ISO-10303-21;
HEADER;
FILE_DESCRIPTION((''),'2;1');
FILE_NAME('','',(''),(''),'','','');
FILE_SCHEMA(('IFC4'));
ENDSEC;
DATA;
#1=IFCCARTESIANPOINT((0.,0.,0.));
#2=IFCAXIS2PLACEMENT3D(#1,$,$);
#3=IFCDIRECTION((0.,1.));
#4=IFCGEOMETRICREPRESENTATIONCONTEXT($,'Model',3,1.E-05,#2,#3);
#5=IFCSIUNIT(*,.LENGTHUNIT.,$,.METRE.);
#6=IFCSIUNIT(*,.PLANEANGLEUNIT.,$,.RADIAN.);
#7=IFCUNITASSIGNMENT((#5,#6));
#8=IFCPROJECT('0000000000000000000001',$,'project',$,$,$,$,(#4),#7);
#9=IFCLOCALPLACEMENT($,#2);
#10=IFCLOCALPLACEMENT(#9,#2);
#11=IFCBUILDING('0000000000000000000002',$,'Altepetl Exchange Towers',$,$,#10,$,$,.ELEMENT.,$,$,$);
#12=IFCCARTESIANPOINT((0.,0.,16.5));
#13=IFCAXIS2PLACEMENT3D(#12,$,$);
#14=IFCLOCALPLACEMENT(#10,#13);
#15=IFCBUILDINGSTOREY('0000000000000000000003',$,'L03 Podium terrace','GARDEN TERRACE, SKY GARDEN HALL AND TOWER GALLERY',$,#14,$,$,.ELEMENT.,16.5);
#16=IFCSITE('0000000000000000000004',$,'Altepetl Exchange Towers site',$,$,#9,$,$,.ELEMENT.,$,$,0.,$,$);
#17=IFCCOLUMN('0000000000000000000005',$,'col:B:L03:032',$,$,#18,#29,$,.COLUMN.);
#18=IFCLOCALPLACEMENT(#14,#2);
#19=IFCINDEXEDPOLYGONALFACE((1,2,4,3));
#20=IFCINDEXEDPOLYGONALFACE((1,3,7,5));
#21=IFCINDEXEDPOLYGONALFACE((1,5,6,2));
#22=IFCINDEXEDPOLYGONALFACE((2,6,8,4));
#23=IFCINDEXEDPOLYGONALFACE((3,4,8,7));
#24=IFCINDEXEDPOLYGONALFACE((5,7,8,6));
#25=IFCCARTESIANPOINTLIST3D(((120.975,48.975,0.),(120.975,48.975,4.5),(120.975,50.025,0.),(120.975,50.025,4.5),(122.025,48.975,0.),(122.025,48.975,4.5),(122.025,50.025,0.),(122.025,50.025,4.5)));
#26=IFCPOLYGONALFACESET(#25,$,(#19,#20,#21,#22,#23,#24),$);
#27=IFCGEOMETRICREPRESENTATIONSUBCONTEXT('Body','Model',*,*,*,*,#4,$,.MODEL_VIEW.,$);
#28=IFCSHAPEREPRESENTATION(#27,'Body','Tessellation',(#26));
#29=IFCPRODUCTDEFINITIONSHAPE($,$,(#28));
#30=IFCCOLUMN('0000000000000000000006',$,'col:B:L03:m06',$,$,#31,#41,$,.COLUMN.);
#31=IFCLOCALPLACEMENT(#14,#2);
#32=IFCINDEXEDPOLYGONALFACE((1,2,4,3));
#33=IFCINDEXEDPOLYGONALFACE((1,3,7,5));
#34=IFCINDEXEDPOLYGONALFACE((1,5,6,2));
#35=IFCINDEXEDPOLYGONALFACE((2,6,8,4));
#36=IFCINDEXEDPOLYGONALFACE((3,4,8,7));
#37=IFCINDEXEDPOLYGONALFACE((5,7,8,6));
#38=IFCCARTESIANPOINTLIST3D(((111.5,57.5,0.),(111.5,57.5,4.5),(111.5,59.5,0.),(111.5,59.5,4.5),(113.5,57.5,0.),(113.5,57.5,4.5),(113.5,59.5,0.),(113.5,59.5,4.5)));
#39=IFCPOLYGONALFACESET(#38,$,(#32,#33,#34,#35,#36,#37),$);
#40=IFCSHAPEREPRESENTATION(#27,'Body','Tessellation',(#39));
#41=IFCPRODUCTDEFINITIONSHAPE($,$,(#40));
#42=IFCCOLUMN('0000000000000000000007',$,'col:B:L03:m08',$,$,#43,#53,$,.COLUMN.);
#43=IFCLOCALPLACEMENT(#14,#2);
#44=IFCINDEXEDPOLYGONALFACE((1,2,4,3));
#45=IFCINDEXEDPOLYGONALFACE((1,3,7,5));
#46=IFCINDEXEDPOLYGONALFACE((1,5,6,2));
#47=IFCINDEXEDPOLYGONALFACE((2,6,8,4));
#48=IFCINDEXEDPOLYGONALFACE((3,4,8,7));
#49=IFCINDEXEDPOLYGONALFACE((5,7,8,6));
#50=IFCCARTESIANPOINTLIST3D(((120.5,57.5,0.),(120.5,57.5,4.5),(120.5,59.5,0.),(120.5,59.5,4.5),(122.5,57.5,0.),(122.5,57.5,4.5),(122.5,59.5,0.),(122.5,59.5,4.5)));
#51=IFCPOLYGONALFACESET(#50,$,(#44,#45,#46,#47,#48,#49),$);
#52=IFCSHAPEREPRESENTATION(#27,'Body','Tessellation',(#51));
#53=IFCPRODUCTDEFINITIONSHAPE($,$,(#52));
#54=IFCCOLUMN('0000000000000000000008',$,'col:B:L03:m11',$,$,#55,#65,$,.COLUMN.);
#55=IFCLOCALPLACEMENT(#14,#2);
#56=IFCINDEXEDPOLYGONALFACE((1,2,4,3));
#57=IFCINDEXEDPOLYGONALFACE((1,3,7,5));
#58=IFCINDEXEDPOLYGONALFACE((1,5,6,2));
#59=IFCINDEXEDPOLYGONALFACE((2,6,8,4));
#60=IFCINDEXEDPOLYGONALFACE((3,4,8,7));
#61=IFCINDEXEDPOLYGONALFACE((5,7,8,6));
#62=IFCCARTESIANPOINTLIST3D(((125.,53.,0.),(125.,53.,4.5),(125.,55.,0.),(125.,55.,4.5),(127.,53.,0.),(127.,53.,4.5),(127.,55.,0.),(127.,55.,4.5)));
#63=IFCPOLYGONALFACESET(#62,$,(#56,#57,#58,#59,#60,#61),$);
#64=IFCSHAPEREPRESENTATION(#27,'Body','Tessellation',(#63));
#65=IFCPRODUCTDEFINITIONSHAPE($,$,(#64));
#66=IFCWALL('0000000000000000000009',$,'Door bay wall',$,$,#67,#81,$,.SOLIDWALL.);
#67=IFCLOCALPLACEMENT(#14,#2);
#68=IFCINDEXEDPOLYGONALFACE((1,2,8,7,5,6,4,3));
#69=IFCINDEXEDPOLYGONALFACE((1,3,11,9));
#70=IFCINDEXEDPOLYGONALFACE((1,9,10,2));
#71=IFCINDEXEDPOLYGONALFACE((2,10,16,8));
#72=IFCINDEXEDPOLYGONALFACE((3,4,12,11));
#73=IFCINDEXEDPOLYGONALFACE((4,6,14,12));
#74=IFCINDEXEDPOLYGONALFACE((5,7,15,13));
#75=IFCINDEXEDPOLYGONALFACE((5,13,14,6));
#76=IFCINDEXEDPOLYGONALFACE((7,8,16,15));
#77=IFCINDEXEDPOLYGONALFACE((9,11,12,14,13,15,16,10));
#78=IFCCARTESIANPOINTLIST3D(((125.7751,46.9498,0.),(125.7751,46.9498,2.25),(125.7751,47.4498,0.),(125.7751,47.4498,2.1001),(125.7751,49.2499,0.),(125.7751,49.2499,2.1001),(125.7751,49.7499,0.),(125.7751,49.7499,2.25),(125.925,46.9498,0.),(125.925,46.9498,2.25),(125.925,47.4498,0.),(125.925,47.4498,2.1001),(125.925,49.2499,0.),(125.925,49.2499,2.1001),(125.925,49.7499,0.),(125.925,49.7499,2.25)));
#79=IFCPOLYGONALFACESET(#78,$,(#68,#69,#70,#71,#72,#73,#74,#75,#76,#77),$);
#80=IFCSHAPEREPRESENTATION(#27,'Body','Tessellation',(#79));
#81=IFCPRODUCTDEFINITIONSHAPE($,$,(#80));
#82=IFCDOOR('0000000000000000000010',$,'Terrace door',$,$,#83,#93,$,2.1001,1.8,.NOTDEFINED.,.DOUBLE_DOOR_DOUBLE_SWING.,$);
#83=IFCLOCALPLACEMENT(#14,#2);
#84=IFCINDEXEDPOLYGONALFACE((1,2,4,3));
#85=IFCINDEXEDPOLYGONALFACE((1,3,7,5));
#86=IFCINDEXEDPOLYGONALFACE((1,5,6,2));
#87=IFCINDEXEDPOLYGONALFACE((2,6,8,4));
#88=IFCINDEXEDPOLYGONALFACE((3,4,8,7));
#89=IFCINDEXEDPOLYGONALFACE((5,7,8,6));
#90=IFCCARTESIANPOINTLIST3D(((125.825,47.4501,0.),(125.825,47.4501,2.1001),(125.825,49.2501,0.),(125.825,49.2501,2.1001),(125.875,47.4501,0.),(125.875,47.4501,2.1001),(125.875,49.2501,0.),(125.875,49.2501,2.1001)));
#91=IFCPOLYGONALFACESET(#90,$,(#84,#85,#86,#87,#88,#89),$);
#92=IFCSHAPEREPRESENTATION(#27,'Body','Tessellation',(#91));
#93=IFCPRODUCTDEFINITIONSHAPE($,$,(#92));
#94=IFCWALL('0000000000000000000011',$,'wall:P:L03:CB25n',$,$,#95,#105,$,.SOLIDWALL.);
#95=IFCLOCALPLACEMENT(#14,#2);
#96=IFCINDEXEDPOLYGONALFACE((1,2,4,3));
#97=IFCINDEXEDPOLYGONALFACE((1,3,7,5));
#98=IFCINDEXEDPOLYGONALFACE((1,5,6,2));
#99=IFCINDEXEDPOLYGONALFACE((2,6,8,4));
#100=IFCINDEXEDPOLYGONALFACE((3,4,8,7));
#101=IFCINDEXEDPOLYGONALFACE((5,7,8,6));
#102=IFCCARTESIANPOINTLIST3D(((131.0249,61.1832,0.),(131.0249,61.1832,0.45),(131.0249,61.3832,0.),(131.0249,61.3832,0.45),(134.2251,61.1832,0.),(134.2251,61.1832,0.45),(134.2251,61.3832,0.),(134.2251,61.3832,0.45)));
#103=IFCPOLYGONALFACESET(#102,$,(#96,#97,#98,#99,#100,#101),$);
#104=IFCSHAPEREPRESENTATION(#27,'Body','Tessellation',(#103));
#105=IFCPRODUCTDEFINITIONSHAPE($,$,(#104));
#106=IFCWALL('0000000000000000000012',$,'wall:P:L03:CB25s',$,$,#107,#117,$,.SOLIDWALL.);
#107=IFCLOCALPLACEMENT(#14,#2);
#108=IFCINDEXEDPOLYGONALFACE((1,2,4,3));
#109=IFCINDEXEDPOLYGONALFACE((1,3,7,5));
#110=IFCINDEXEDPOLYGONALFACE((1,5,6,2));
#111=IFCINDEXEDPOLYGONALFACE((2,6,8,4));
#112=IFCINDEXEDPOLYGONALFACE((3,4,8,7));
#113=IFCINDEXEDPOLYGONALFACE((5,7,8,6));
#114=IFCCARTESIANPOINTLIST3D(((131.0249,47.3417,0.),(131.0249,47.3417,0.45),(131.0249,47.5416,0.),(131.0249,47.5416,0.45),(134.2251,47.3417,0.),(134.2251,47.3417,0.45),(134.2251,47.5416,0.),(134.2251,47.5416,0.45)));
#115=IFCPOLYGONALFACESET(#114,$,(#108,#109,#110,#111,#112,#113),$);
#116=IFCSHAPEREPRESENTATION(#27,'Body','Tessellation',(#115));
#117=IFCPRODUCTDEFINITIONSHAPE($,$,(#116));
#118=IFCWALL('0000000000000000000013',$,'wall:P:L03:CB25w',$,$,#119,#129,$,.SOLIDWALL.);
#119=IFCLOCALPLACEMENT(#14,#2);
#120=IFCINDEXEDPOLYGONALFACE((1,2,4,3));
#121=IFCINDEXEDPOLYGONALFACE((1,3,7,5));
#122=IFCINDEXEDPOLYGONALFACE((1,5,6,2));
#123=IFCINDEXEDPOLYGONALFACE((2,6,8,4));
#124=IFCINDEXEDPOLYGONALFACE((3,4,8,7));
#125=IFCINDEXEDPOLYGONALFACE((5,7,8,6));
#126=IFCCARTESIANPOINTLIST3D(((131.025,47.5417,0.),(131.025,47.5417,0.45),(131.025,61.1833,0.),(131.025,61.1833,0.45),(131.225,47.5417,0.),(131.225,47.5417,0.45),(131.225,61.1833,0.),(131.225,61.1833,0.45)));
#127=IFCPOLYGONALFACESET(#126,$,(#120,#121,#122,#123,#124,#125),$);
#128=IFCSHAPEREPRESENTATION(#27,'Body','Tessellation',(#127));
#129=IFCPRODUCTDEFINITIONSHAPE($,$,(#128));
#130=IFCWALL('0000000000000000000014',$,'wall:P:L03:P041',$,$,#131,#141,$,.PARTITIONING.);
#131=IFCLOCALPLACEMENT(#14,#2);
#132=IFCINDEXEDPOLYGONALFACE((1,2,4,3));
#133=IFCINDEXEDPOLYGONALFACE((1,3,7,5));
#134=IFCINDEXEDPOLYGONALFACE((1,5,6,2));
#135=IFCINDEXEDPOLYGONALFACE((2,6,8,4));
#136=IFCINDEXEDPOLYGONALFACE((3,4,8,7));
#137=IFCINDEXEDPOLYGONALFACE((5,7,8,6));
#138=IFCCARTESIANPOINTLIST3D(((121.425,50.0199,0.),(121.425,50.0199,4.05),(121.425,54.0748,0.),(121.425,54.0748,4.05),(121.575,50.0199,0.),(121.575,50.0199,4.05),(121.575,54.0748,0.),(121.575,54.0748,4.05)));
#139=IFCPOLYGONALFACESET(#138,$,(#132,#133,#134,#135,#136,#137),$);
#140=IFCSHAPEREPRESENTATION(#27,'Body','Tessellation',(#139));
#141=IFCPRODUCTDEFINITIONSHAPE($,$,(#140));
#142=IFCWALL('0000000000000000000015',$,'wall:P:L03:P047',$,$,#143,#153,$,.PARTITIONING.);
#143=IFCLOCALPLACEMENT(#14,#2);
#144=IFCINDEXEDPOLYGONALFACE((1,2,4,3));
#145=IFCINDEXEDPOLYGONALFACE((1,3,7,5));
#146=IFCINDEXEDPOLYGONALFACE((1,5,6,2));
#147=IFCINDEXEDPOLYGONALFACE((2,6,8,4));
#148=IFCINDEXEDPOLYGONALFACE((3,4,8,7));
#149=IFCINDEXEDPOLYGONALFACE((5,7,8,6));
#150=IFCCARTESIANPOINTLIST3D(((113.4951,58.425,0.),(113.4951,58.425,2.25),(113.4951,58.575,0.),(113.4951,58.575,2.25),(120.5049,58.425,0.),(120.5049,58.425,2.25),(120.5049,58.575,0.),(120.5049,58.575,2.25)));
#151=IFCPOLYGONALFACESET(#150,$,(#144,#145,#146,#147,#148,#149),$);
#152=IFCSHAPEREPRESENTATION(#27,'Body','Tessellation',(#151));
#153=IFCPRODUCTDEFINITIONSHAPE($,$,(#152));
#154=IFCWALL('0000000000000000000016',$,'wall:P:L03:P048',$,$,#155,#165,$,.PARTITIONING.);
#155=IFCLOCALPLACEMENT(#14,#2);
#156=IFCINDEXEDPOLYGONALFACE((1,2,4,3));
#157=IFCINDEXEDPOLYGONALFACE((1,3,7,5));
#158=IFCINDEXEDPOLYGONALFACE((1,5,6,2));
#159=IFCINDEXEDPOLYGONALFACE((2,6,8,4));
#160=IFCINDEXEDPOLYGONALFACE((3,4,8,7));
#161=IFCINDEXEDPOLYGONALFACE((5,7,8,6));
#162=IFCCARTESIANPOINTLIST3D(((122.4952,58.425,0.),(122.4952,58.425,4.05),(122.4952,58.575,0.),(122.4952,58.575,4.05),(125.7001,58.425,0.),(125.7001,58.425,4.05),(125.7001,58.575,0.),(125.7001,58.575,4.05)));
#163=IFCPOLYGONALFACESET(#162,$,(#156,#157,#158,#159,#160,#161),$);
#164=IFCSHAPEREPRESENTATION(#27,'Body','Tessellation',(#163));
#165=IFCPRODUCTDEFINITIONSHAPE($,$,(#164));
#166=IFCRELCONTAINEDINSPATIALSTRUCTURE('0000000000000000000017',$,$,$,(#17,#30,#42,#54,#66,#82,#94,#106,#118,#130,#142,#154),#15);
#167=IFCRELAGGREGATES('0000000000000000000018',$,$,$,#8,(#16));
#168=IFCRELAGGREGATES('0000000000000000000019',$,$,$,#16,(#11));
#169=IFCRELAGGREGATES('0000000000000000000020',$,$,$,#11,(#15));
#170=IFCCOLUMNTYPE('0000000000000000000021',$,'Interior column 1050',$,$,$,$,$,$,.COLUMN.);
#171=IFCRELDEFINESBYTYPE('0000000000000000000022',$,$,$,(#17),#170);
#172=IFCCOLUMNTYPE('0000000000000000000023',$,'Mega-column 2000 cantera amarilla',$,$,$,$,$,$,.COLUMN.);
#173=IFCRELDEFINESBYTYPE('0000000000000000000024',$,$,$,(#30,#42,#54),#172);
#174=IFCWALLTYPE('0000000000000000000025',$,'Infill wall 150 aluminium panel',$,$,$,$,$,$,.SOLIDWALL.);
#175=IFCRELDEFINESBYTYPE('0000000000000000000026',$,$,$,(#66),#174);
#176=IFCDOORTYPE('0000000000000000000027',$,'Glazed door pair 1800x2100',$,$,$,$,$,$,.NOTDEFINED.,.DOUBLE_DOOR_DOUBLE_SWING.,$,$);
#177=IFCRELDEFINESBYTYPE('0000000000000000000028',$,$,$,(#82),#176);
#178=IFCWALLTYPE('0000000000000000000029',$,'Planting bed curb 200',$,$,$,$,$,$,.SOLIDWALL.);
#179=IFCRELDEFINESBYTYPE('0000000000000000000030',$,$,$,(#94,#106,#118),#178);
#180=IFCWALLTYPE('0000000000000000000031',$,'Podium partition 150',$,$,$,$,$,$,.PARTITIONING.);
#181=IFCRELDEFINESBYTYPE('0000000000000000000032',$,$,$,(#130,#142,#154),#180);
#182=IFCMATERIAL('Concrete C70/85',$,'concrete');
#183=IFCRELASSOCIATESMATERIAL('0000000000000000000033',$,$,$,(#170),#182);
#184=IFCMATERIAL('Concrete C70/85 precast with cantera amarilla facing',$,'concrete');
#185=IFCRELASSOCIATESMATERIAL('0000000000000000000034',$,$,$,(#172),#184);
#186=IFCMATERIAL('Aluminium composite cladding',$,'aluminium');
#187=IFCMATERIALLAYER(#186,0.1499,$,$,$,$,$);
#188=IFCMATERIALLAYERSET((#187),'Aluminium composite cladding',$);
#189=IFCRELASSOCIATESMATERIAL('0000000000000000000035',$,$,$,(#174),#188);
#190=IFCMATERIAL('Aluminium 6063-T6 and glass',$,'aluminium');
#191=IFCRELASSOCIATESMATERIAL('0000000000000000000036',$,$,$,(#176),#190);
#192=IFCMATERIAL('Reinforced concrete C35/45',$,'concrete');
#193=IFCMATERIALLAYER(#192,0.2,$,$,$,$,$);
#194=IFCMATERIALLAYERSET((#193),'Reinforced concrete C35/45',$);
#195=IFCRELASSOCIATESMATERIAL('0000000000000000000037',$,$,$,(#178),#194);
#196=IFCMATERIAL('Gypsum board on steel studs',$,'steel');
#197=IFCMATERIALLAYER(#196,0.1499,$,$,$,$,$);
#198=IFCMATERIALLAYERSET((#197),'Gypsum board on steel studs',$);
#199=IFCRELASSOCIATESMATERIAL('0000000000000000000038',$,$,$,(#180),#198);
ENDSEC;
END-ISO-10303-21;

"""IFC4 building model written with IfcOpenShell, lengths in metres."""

from ifc_helpers import new_model, si_unit, direction, frame, frame_2d, origin, origin_2d, place, context, subcontext, project, spatial, rectangle, extrude, material, layer, layer_set, material_profile, profile_set, type_object, element, fill, save


model = new_model("IFC4")

# Units and contexts
model_context = context("Model", 3, precision=1e-05, world=origin(), true_north=direction((0.0, 1.0)))
body_context = subcontext(model_context, "Body", "Model", "MODEL_VIEW")
ifc_project = project(units=[si_unit("LENGTHUNIT", "METRE"), si_unit("PLANEANGLEUNIT", "RADIAN")], contexts=[model_context])

# Site, building, storey
site_placement = place(None, origin())
site = spatial("IfcSite", under=ifc_project, at=site_placement, Name="Altepetl Exchange Towers site", CompositionType="ELEMENT", RefElevation=0.0)
building_placement = place(site_placement, origin())
building = spatial("IfcBuilding", under=site, at=building_placement, Name="Altepetl Exchange Towers", CompositionType="ELEMENT")
storey_placement = place(building_placement, frame((0.0, 0.0, 16.5)))
storey = spatial("IfcBuildingStorey", under=building, at=storey_placement, Name="L03 Podium terrace", Description="GARDEN TERRACE, SKY GARDEN HALL AND TOWER GALLERY", CompositionType="ELEMENT", Elevation=16.5)

# Columns
ifc_material_1 = material(Name="Concrete C70/85", Category="concrete")
ifc_material_profile_1 = material_profile(ifc_material_1, rectangle(XDim=1.05, YDim=1.05, at=origin_2d()), Name="1050 x 1050")
ifc_profile_set_1 = profile_set([ifc_material_profile_1], Name="Concrete C70/85")
column_type_1 = type_object("IfcColumnType", Name="Interior column 1050", PredefinedType="COLUMN", material=ifc_profile_set_1)
column_placement = place(storey_placement, frame((121.5, 49.5, 0.0)))
element("IfcColumn", 1, at=column_placement, inside=storey, type_object=column_type_1, Name="col:B:L03:032", PredefinedType="COLUMN", context=body_context, shape_type="SweptSolid", body=[
    extrude(rectangle(XDim=1.05, YDim=1.05, at=origin_2d()), origin(), (0.0, 0.0, 1.0), 4.5),
])
ifc_material_2 = material(Name="Concrete C70/85 precast with cantera amarilla facing", Category="concrete")
ifc_material_profile_2 = material_profile(ifc_material_2, rectangle(XDim=2.0, YDim=2.0, at=origin_2d()), Name="2000 x 2000")
ifc_profile_set_2 = profile_set([ifc_material_profile_2], Name="Concrete C70/85 precast with cantera amarilla facing")
column_type_2 = type_object("IfcColumnType", Name="Mega-column 2000 cantera amarilla", PredefinedType="COLUMN", material=ifc_profile_set_2)
for number, where, name in (
    (2, (112.5, 58.5, 0.0), "col:B:L03:m06"),
    (3, (121.5, 58.5, 0.0), "col:B:L03:m08"),
    (4, (126.0, 54.0, 0.0), "col:B:L03:m11"),
):
    element("IfcColumn", number, at=place(storey_placement, frame(where)), inside=storey, type_object=column_type_2, Name=name, PredefinedType="COLUMN", context=body_context, shape_type="SweptSolid", body=[
        extrude(rectangle(XDim=2.0, YDim=2.0, at=origin_2d()), origin(), (0.0, 0.0, 1.0), 4.5),
    ])

# Wall, opening, door
ifc_material_3 = material(Name="Aluminium composite cladding", Category="aluminium")
ifc_layer_1 = layer(ifc_material_3, 0.1499)
ifc_layer_set_1 = layer_set([ifc_layer_1], Name="Aluminium composite cladding")
wall_type_1 = type_object("IfcWallType", Name="Infill wall 150 aluminium panel", PredefinedType="SOLIDWALL", material=ifc_layer_set_1)
wall_1_placement = place(storey_placement, frame((125.8501, 46.95, 0.0), z_axis=(0.0, 0.0, 1.0), x_axis=(0.0, 1.0, 0.0)))
wall_1 = element("IfcWall", 5, at=wall_1_placement, inside=storey, type_object=wall_type_1, Name="Door bay wall", PredefinedType="SOLIDWALL", context=body_context, shape_type="SweptSolid", body=[
    extrude(rectangle(XDim=2.8, YDim=0.1499, at=frame_2d((1.3999, 0.0))), origin(), (0.0, 0.0, 1.0), 2.25),
])
opening_1_placement = place(wall_1_placement, frame((0.5, 0.0, 0.0)))
opening_1 = element("IfcOpeningElement", 6, at=opening_1_placement, cuts=wall_1, PredefinedType="OPENING", context=body_context, shape_type="SweptSolid", body=[
    extrude(rectangle(XDim=1.8, YDim=2.1001, at=frame_2d((0.8999, 1.05))), frame((0.0, 0.085, 0.0), z_axis=(0.0, -1.0, 0.0), x_axis=(1.0, 0.0, 0.0)), (0.0, 0.0, 1.0), 0.1699),
])
ifc_material_4 = material(Name="Aluminium 6063-T6 and glass", Category="aluminium")
door_type_1 = type_object("IfcDoorType", Name="Glazed door pair 1800x2100", OperationType="DOUBLE_DOOR_DOUBLE_SWING", PredefinedType="NOTDEFINED", material=ifc_material_4)
door_1_placement = place(opening_1_placement, frame((1.8, 0.0, 0.0), x_axis=(-1.0, 0.0, 0.0)))
door_1 = element("IfcDoor", 7, at=door_1_placement, inside=storey, type_object=door_type_1, Name="Terrace door", OperationType="DOUBLE_DOOR_DOUBLE_SWING", OverallHeight=2.1001, OverallWidth=1.8, PredefinedType="NOTDEFINED", context=body_context, shape_type="SweptSolid", body=[
    extrude(rectangle(XDim=1.8, YDim=2.1001, at=frame_2d((0.8999, 1.05))), frame((0.0, 0.0249, 0.0), z_axis=(0.0, -1.0, 0.0), x_axis=(1.0, 0.0, 0.0)), (0.0, 0.0, 1.0), 0.05),
])
fill(opening_1, door_1)

# Walls
ifc_material_5 = material(Name="Reinforced concrete C35/45", Category="concrete")
ifc_layer_2 = layer(ifc_material_5, 0.2)
ifc_layer_set_2 = layer_set([ifc_layer_2], Name="Reinforced concrete C35/45")
wall_type_2 = type_object("IfcWallType", Name="Planting bed curb 200", PredefinedType="SOLIDWALL", material=ifc_layer_set_2)
for number, where, name in (
    (8, (131.0249, 61.2832, 0.0), "wall:P:L03:CB25n"),
    (9, (131.0249, 47.4417, 0.0), "wall:P:L03:CB25s"),
):
    element("IfcWall", number, at=place(storey_placement, frame(where)), inside=storey, type_object=wall_type_2, Name=name, PredefinedType="SOLIDWALL", context=body_context, shape_type="SweptSolid", body=[
        extrude(rectangle(XDim=3.2002, YDim=0.2, at=frame_2d((1.6001, 0.0))), origin(), (0.0, 0.0, 1.0), 0.45),
    ])
wall_2_placement = place(storey_placement, frame((131.125, 47.5417, 0.0), z_axis=(0.0, 0.0, 1.0), x_axis=(0.0, 1.0, 0.0)))
element("IfcWall", 10, at=wall_2_placement, inside=storey, type_object=wall_type_2, Name="wall:P:L03:CB25w", PredefinedType="SOLIDWALL", context=body_context, shape_type="SweptSolid", body=[
    extrude(rectangle(XDim=13.6416, YDim=0.2, at=frame_2d((6.8208, 0.0))), origin(), (0.0, 0.0, 1.0), 0.45),
])
ifc_material_6 = material(Name="Gypsum board on steel studs", Category="steel")
ifc_layer_3 = layer(ifc_material_6, 0.1499)
ifc_layer_set_3 = layer_set([ifc_layer_3], Name="Gypsum board on steel studs")
wall_type_3 = type_object("IfcWallType", Name="Podium partition 150", PredefinedType="PARTITIONING", material=ifc_layer_set_3)
wall_3_placement = place(storey_placement, frame((121.5, 50.02, 0.0), z_axis=(0.0, 0.0, 1.0), x_axis=(0.0, 1.0, 0.0)))
element("IfcWall", 11, at=wall_3_placement, inside=storey, type_object=wall_type_3, Name="wall:P:L03:P041", PredefinedType="PARTITIONING", context=body_context, shape_type="SweptSolid", body=[
    extrude(rectangle(XDim=4.0549, YDim=0.1499, at=frame_2d((2.0273, 0.0))), origin(), (0.0, 0.0, 1.0), 4.05),
])
wall_4_placement = place(storey_placement, frame((113.4951, 58.5, 0.0)))
element("IfcWall", 12, at=wall_4_placement, inside=storey, type_object=wall_type_3, Name="wall:P:L03:P047", PredefinedType="PARTITIONING", context=body_context, shape_type="SweptSolid", body=[
    extrude(rectangle(XDim=7.0098, YDim=0.1499, at=frame_2d((3.5049, 0.0))), origin(), (0.0, 0.0, 1.0), 2.25),
])
wall_5_placement = place(storey_placement, frame((122.4951, 58.5, 0.0)))
element("IfcWall", 13, at=wall_5_placement, inside=storey, type_object=wall_type_3, Name="wall:P:L03:P048", PredefinedType="PARTITIONING", context=body_context, shape_type="SweptSolid", body=[
    extrude(rectangle(XDim=3.2048, YDim=0.1499, at=frame_2d((1.6025, 0.0))), origin(), (0.0, 0.0, 1.0), 4.05),
])

save(model, "model.ifc")
